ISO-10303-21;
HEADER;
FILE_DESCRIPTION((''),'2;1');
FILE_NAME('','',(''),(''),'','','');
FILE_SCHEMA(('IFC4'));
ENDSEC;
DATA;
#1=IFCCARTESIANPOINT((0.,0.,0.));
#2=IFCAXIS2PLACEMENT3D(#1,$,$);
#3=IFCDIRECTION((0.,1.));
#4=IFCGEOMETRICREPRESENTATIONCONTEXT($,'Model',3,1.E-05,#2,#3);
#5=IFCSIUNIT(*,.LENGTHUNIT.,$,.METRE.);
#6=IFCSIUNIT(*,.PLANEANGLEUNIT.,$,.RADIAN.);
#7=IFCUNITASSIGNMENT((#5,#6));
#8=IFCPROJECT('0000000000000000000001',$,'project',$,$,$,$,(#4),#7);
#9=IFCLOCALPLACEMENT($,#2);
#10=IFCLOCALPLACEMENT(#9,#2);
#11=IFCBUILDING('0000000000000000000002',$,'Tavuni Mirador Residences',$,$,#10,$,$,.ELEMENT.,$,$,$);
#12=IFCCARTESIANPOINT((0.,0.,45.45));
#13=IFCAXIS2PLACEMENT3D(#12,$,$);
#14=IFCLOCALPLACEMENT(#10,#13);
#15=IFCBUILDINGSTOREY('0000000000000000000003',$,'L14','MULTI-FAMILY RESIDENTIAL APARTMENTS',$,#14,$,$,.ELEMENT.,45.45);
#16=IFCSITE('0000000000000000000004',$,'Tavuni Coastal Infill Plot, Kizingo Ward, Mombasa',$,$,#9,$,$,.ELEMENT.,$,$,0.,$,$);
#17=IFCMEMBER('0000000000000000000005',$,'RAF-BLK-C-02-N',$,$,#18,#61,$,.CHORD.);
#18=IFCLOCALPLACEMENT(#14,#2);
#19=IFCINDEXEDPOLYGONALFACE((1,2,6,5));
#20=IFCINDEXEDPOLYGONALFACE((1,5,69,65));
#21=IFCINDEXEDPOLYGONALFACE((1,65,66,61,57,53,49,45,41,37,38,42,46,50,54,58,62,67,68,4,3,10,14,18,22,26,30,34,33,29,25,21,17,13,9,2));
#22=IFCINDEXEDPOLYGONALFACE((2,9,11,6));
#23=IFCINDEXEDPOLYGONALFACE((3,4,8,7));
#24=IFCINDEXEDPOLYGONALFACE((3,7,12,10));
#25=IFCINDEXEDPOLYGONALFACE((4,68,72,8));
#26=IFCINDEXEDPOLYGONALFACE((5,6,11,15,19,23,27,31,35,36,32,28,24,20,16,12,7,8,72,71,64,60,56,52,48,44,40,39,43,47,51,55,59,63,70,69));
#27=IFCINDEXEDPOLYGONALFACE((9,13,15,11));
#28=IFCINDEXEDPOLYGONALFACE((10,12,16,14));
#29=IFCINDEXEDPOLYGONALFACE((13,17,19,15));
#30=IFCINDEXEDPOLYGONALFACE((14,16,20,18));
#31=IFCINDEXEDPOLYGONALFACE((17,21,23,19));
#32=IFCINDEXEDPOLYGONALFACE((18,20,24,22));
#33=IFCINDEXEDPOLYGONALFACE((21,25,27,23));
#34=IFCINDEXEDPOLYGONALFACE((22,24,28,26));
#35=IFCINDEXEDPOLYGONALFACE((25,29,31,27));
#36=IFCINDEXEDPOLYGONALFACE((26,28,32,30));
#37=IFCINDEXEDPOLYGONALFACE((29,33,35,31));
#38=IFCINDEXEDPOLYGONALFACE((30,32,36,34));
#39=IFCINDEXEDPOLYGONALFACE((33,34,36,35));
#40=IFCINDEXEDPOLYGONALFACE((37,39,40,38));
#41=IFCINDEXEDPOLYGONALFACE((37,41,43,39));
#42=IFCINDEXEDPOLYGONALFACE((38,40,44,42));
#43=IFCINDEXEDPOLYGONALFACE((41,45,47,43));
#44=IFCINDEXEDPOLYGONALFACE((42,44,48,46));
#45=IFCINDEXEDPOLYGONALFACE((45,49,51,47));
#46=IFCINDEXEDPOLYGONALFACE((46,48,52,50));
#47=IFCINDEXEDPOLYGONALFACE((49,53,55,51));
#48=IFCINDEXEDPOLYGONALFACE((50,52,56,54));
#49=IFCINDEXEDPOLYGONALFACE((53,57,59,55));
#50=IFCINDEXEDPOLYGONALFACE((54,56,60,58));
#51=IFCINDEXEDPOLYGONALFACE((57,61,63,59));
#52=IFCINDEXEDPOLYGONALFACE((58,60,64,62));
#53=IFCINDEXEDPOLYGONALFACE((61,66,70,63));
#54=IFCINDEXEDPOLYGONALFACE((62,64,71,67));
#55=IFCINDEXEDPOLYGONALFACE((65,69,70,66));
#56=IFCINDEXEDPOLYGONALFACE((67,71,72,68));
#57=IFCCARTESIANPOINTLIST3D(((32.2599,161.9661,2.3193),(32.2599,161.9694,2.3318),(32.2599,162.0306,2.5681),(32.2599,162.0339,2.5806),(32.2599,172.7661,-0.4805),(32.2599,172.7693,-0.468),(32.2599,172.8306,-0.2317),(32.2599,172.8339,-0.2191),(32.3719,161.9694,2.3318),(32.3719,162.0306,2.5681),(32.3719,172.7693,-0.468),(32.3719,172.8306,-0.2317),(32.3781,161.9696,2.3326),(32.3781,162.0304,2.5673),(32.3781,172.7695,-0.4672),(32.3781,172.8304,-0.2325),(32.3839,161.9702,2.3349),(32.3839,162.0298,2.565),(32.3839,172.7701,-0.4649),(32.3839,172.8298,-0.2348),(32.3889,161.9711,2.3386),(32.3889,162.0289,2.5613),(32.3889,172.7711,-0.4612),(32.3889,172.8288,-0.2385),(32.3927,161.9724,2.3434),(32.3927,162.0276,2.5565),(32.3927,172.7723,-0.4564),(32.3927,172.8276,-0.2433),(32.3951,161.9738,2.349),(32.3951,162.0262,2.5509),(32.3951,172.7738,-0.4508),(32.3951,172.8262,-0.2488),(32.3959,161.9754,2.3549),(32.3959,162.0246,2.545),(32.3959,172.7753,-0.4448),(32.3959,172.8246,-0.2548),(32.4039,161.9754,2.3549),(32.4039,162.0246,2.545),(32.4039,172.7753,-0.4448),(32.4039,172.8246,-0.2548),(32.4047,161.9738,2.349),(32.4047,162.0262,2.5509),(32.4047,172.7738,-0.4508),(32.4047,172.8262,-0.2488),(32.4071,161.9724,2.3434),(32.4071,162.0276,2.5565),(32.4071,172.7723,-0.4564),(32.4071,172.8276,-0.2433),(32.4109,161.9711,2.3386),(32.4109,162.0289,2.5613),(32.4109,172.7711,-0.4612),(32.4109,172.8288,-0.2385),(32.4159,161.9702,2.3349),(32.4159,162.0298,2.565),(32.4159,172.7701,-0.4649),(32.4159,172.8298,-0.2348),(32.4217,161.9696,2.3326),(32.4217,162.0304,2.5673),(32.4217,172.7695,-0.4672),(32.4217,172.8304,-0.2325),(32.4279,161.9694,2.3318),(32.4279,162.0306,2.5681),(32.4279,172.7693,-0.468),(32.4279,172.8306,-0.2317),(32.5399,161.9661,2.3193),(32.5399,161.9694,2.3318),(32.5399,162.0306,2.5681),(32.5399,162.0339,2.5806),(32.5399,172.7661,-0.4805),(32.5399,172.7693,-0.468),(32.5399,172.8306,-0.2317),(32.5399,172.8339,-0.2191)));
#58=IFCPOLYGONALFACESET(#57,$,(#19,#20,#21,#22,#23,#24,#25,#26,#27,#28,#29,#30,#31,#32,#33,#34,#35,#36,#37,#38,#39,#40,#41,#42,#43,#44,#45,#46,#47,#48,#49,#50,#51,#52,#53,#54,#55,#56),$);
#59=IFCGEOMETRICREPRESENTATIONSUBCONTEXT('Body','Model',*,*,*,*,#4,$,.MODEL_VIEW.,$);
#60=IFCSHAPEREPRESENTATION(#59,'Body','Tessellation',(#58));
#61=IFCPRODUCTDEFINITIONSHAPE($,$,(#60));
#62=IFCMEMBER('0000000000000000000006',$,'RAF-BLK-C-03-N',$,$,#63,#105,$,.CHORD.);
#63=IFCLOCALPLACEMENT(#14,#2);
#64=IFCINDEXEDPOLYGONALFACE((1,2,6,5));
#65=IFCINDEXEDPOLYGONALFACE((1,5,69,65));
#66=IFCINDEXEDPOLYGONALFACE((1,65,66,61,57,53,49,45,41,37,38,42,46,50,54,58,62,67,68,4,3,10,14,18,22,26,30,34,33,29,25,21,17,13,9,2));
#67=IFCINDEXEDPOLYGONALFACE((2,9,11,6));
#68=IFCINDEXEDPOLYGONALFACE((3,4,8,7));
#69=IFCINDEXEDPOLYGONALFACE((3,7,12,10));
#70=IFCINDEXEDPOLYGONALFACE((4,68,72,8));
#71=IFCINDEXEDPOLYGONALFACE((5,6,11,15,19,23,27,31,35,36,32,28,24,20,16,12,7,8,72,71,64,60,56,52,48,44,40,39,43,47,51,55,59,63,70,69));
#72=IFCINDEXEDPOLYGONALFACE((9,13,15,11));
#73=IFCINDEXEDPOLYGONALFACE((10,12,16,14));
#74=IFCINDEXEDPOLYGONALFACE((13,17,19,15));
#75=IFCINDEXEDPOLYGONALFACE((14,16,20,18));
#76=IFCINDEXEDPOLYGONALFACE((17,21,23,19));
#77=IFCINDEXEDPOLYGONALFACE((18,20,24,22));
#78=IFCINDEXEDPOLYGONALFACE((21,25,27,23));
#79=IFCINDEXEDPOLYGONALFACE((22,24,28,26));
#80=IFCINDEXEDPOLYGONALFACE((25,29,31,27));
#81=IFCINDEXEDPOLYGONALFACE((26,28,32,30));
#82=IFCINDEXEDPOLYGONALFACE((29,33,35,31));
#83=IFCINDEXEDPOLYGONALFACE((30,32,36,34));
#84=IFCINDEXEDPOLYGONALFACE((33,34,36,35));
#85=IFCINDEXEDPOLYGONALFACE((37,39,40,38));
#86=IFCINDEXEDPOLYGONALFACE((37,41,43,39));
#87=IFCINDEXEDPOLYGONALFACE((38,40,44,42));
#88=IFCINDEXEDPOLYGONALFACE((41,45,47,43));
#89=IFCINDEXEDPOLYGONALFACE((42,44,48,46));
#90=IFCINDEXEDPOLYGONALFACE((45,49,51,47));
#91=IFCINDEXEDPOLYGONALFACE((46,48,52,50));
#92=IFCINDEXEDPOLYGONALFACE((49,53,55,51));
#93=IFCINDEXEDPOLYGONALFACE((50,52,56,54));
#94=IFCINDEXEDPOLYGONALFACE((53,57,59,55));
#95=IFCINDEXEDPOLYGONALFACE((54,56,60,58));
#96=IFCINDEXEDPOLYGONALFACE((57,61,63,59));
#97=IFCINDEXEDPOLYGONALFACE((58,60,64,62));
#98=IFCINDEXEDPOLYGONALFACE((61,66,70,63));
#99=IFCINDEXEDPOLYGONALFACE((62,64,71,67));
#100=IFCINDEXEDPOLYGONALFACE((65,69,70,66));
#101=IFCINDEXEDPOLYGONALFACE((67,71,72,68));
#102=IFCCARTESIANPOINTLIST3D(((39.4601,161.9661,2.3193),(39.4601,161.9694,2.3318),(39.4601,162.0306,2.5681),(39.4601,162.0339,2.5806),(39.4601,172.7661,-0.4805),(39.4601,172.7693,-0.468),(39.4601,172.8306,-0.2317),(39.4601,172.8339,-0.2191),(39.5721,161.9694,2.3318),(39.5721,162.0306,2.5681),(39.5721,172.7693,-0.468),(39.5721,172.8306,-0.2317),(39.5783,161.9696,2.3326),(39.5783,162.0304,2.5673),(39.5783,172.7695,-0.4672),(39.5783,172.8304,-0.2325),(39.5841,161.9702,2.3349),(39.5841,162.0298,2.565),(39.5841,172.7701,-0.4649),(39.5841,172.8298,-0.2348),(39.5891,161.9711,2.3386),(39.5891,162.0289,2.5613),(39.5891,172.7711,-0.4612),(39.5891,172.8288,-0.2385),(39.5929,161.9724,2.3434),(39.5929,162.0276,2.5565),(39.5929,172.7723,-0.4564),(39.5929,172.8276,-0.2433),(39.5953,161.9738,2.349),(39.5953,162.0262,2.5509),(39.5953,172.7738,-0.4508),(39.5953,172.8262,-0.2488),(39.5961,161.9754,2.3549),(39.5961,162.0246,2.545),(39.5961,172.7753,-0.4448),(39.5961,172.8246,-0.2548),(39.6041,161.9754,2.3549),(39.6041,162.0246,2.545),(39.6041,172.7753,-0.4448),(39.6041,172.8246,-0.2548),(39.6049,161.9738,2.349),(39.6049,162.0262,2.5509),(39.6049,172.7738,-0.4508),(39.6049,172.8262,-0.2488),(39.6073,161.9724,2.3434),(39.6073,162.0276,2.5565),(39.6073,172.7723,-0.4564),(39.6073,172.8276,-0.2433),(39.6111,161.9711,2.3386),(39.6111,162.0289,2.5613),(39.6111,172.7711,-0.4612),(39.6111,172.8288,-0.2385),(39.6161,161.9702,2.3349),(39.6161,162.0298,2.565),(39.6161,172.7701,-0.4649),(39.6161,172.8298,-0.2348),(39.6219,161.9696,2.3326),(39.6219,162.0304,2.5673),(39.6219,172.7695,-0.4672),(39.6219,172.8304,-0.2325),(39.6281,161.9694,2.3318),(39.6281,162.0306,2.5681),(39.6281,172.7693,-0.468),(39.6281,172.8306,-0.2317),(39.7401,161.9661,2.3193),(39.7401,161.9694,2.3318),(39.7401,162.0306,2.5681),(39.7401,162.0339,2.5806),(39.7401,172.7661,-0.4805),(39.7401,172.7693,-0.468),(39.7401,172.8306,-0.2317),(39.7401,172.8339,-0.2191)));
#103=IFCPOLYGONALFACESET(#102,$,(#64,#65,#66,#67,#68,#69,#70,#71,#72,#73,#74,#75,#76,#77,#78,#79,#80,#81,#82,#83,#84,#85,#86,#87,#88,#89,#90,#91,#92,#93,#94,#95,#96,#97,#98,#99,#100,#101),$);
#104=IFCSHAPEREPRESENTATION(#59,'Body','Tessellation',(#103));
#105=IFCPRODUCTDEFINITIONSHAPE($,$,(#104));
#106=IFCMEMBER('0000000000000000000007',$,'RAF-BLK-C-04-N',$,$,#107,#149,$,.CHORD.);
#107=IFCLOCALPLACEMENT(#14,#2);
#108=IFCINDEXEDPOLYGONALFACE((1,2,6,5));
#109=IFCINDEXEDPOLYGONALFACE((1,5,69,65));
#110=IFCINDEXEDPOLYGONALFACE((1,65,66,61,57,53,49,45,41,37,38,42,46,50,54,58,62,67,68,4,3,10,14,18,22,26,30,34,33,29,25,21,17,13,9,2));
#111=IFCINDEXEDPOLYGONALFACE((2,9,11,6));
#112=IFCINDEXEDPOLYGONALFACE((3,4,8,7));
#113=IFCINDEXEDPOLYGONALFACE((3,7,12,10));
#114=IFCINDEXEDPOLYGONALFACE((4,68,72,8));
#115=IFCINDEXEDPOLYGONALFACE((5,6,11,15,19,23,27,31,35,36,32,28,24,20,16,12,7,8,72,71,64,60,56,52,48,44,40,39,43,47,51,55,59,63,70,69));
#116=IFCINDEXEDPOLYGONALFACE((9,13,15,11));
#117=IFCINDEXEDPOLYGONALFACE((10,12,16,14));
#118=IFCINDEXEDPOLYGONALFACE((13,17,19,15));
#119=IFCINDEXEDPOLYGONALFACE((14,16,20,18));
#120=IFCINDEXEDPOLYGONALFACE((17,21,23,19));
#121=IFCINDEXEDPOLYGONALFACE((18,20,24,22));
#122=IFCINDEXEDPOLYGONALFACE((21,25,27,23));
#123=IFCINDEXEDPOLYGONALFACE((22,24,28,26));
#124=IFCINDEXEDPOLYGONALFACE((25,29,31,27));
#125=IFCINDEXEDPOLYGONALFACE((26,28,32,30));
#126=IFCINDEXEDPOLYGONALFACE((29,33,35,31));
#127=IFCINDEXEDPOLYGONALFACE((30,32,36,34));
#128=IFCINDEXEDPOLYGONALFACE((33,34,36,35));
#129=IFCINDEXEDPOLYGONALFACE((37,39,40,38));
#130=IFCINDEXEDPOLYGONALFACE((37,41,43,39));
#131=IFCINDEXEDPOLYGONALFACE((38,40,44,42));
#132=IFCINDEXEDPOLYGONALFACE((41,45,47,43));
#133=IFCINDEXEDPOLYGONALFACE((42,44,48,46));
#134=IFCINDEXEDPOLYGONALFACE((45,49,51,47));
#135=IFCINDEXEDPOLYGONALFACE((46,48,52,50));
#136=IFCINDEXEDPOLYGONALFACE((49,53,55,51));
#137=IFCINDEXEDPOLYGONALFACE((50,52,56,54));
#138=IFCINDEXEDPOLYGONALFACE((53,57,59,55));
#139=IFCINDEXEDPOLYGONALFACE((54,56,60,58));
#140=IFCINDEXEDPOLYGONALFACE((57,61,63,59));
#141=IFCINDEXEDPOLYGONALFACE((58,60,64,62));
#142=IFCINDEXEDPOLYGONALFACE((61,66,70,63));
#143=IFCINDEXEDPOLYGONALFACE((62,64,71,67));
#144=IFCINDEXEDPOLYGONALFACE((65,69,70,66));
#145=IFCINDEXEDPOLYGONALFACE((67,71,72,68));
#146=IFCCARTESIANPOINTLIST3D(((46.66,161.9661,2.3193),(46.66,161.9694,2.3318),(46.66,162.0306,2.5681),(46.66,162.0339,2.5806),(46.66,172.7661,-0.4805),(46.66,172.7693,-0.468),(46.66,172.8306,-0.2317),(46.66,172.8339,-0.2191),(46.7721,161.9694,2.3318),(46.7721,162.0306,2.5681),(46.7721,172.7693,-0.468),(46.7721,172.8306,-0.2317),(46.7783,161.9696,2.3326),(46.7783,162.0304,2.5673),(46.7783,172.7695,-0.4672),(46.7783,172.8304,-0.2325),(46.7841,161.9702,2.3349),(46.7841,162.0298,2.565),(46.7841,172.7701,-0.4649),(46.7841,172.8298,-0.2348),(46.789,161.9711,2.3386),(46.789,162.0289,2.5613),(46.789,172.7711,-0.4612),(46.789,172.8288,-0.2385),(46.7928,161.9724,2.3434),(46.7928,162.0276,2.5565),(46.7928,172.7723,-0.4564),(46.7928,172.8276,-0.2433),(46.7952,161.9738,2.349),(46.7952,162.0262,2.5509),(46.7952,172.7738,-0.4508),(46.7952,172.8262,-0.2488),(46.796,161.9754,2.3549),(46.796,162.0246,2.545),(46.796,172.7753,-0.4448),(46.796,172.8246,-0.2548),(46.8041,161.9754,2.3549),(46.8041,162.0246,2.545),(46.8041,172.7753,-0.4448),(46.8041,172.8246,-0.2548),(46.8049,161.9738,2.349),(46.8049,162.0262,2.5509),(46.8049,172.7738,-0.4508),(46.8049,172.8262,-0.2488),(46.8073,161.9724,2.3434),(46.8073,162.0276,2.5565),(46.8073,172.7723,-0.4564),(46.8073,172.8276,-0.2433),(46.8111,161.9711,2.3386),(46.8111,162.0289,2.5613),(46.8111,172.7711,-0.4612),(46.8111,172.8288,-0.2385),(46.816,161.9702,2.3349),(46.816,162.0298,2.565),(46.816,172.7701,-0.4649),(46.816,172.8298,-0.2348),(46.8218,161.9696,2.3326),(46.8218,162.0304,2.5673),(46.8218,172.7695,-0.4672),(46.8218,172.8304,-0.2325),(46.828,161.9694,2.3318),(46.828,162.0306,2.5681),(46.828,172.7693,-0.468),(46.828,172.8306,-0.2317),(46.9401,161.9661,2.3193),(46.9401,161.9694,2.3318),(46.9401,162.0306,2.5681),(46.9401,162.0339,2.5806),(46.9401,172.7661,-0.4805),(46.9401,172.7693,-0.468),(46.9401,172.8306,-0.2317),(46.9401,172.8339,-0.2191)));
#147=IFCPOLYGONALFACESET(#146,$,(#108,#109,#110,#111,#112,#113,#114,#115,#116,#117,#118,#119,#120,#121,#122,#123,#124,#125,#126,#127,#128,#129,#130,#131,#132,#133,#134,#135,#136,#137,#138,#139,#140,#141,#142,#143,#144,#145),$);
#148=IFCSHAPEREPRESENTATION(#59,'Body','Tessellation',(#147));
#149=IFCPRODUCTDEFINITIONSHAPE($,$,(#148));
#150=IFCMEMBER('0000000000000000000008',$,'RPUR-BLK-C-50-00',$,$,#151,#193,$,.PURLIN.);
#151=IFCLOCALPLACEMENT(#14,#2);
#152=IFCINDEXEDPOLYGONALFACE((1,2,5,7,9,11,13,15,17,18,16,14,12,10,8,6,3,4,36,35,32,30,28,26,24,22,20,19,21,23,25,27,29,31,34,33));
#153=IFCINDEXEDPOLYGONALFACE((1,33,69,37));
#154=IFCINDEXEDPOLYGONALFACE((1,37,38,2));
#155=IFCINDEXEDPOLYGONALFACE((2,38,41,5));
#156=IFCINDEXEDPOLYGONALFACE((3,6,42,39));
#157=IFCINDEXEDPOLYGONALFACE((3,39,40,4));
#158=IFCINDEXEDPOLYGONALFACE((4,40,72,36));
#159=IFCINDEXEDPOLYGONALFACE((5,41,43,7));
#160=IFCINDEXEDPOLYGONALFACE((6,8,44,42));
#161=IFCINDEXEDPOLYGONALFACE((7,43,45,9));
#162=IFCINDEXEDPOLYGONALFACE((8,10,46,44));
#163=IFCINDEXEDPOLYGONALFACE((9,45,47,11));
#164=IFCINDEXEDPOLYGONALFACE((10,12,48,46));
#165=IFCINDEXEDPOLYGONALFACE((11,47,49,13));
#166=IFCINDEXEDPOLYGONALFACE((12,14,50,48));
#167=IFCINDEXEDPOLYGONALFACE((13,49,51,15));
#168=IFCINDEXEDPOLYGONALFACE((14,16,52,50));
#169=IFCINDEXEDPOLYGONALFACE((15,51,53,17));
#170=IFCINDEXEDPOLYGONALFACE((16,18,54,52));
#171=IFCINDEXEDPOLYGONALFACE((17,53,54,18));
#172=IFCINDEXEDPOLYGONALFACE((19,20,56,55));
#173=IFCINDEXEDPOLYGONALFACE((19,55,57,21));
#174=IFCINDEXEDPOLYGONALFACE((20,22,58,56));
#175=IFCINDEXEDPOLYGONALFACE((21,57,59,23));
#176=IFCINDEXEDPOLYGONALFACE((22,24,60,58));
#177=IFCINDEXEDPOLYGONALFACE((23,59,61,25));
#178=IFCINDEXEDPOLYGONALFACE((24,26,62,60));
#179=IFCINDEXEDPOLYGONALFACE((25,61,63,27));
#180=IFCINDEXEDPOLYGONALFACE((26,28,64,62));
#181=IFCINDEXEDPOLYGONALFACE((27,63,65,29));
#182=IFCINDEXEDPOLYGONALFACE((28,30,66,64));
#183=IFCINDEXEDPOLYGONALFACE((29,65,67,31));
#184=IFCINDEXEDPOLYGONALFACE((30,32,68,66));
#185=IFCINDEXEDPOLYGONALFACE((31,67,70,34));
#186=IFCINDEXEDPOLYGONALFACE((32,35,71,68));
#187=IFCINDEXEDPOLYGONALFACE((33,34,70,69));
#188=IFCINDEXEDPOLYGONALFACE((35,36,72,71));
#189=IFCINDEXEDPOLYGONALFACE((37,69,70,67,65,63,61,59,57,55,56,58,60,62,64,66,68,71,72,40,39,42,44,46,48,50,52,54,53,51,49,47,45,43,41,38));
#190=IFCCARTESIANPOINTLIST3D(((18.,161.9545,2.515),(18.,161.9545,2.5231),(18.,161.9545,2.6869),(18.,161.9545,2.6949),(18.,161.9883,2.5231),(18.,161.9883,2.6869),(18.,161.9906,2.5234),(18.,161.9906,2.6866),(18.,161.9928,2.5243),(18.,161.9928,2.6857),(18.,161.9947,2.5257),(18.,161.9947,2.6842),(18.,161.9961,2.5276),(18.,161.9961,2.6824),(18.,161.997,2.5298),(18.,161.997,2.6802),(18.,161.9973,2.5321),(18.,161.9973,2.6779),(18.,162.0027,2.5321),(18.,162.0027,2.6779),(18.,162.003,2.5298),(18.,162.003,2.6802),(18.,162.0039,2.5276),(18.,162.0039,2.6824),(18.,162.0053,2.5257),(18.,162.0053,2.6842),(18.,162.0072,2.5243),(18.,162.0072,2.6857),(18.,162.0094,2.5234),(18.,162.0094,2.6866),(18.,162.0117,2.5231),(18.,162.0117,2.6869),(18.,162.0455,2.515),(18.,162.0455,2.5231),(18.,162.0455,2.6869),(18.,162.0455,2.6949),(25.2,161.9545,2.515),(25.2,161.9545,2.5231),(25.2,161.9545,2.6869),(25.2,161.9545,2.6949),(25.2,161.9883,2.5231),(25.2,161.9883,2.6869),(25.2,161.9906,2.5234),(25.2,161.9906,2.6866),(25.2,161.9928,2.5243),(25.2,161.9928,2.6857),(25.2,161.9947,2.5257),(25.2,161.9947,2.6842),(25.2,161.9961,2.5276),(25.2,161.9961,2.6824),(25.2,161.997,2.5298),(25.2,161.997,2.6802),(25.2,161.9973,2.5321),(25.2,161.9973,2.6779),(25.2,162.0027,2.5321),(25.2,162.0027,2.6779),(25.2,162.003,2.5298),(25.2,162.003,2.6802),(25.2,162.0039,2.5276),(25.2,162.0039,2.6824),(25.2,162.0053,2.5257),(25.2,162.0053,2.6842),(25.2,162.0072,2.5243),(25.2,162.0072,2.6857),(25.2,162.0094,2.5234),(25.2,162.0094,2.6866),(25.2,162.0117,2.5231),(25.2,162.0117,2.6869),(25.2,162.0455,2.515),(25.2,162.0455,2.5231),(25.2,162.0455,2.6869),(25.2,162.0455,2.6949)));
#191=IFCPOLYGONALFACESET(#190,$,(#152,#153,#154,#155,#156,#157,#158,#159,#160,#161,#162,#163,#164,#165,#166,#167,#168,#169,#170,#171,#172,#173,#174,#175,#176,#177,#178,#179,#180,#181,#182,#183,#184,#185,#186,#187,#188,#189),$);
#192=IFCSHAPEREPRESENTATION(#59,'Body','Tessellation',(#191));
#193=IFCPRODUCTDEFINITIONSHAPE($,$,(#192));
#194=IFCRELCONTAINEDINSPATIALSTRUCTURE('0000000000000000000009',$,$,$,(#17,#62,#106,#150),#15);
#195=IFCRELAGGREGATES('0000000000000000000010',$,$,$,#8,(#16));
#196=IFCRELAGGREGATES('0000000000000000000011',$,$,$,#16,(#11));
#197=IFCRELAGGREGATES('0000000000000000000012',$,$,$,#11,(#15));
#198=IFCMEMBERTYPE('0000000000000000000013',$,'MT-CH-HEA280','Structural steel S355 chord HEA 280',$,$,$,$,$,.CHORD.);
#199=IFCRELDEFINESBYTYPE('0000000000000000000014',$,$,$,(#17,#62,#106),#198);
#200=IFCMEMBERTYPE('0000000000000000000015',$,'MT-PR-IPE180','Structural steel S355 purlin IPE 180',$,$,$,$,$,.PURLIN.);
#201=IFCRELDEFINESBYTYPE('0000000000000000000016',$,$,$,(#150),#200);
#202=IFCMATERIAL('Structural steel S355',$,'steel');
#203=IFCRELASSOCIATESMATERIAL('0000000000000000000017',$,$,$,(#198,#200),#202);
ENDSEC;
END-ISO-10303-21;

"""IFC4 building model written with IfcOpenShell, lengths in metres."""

from ifc_helpers import new_model, si_unit, direction, frame, origin, origin_2d, place, context, subcontext, project, spatial, i_section, extrude, material, material_profile, profile_set, type_object, element, save


model = new_model("IFC4")

# Units and contexts
model_context = context("Model", 3, precision=1e-05, world=origin(), true_north=direction((0.0, 1.0)))
body_context = subcontext(model_context, "Body", "Model", "MODEL_VIEW")
ifc_project = project(units=[si_unit("LENGTHUNIT", "METRE"), si_unit("PLANEANGLEUNIT", "RADIAN")], contexts=[model_context])

# Site, building, storey
site_placement = place(None, origin())
site = spatial("IfcSite", under=ifc_project, at=site_placement, Name="Tavuni Coastal Infill Plot, Kizingo Ward, Mombasa", CompositionType="ELEMENT", RefElevation=0.0)
building_placement = place(site_placement, origin())
building = spatial("IfcBuilding", under=site, at=building_placement, Name="Tavuni Mirador Residences", CompositionType="ELEMENT")
storey_placement = place(building_placement, frame((0.0, 0.0, 45.45)))
storey = spatial("IfcBuildingStorey", under=building, at=storey_placement, Name="L14", Description="MULTI-FAMILY RESIDENTIAL APARTMENTS", CompositionType="ELEMENT", Elevation=45.45)

# Members
ifc_material_1 = material(Name="Structural steel S355", Category="steel")
ifc_material_profile_1 = material_profile(ifc_material_1, i_section(OverallWidth=0.28, OverallDepth=0.27, WebThickness=0.0081, FlangeThickness=0.0129, FilletRadius=0.0239, at=origin_2d()), Name="HEA 280", Category="steel")
ifc_profile_set_1 = profile_set([ifc_material_profile_1], Name="Structural steel S355")
member_type_1 = type_object("IfcMemberType", Name="MT-CH-HEA280", Description="Structural steel S355 chord HEA 280", PredefinedType="CHORD", material=ifc_profile_set_1)
for number, where, z_axis, x_axis, name in (
    (1, (32.3999, 162.0, 2.45), (0.0, 0.968001, -0.250945), (-1.0, 0.0, 0.0), "RAF-BLK-C-02-N"),
    (2, (39.6001, 162.0, 2.45), (0.0, 0.968001, -0.250945), (-1.0, 0.0, 0.0), "RAF-BLK-C-03-N"),
    (3, (46.8, 162.0, 2.45), (0.0, 0.968001, -0.250945), (-1.0, 0.0, 0.0), "RAF-BLK-C-04-N"),
):
    element("IfcMember", number, at=place(storey_placement, frame(where, z_axis=z_axis, x_axis=x_axis)), inside=storey, type_object=member_type_1, Name=name, PredefinedType="CHORD", context=body_context, shape_type="SweptSolid", body=[
        extrude(i_section(OverallWidth=0.28, OverallDepth=0.27, WebThickness=0.0081, FlangeThickness=0.0129, FilletRadius=0.0239, at=origin_2d()), origin(), (0.0, 0.0, 1.0), 11.157),
    ])
ifc_material_profile_2 = material_profile(ifc_material_1, i_section(OverallWidth=0.0911, OverallDepth=0.1799, WebThickness=0.0054, FlangeThickness=0.0081, FilletRadius=0.009, at=origin_2d()), Name="IPE 180", Category="steel")
ifc_profile_set_2 = profile_set([ifc_material_profile_2], Name="Structural steel S355")
member_type_2 = type_object("IfcMemberType", Name="MT-PR-IPE180", Description="Structural steel S355 purlin IPE 180", PredefinedType="PURLIN", material=ifc_profile_set_2)
for number, where, z_axis, x_axis, name in (
    (4, (18.0, 162.0, 2.605), (1.0, 0.0, 0.0), (0.0, 1.0, 0.0), "RPUR-BLK-C-50-00"),
):
    element("IfcMember", number, at=place(storey_placement, frame(where, z_axis=z_axis, x_axis=x_axis)), inside=storey, type_object=member_type_2, Name=name, PredefinedType="PURLIN", context=body_context, shape_type="SweptSolid", body=[
        extrude(i_section(OverallWidth=0.0911, OverallDepth=0.1799, WebThickness=0.0054, FlangeThickness=0.0081, FilletRadius=0.009, at=origin_2d()), origin(), (0.0, 0.0, 1.0), 7.2),
    ])

save(model, "model.ifc")
